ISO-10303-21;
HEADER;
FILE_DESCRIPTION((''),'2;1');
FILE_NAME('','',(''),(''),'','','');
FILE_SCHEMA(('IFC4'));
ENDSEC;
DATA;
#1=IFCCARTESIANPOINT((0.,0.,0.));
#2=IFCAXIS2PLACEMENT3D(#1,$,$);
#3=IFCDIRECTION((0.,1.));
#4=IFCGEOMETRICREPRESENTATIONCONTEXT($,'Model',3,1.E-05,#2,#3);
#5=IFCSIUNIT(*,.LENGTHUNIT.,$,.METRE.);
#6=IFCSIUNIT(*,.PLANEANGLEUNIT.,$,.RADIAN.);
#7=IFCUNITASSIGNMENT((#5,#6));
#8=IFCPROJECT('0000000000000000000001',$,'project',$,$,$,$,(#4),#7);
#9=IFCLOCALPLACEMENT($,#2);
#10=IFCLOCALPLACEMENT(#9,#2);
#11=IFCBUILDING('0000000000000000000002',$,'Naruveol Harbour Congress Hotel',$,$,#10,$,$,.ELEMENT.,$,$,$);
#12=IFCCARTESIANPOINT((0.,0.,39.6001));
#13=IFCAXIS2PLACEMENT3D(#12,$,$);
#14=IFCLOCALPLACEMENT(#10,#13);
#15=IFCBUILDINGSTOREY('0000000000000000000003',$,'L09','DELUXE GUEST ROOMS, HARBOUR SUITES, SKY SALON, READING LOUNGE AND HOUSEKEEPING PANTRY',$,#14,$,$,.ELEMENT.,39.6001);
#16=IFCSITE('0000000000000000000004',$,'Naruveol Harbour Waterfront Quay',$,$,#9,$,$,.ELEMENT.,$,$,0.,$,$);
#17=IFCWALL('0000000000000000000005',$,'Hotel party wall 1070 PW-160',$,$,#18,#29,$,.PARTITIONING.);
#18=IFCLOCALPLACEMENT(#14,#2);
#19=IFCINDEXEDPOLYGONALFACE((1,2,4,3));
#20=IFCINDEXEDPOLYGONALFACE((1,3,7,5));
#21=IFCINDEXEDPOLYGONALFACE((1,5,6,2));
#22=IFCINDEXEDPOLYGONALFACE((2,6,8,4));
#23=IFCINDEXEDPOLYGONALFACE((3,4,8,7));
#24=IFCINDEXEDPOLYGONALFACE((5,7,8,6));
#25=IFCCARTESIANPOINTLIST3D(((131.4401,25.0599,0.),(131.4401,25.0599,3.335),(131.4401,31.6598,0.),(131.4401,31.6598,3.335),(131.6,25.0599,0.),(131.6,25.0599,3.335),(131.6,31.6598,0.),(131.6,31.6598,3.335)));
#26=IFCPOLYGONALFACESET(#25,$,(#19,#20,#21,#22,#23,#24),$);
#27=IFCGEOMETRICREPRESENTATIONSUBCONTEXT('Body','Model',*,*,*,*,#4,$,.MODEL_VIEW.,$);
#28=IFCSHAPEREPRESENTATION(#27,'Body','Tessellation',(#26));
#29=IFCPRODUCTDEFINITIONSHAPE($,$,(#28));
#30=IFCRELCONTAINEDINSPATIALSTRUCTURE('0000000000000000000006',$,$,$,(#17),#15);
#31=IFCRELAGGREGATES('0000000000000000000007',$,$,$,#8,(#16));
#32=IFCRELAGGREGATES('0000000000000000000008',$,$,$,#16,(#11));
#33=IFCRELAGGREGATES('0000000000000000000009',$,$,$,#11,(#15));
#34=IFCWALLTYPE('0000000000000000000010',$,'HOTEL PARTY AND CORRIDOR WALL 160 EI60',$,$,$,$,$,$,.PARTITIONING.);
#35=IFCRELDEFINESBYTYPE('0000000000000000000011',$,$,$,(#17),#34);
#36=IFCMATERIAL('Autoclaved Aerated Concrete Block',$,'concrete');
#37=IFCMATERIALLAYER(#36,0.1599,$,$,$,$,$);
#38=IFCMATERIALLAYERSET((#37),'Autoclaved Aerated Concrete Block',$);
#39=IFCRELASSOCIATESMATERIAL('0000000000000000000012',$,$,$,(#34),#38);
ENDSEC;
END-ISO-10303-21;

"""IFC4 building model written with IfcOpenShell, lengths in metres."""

from ifc_helpers import new_model, si_unit, direction, frame, frame_2d, origin, place, context, subcontext, project, spatial, rectangle, extrude, material, layer, layer_set, type_object, element, save


model = new_model("IFC4")

# Units and contexts
model_context = context("Model", 3, precision=1e-05, world=origin(), true_north=direction((0.0, 1.0)))
body_context = subcontext(model_context, "Body", "Model", "MODEL_VIEW")
ifc_project = project(units=[si_unit("LENGTHUNIT", "METRE"), si_unit("PLANEANGLEUNIT", "RADIAN")], contexts=[model_context])

# Site, building, storey
site_placement = place(None, origin())
site = spatial("IfcSite", under=ifc_project, at=site_placement, Name="Naruveol Harbour Waterfront Quay", CompositionType="ELEMENT", RefElevation=0.0)
building_placement = place(site_placement, origin())
building = spatial("IfcBuilding", under=site, at=building_placement, Name="Naruveol Harbour Congress Hotel", CompositionType="ELEMENT")
storey_placement = place(building_placement, frame((0.0, 0.0, 39.6001)))
storey = spatial("IfcBuildingStorey", under=building, at=storey_placement, Name="L09", Description="DELUXE GUEST ROOMS, HARBOUR SUITES, SKY SALON, READING LOUNGE AND HOUSEKEEPING PANTRY", CompositionType="ELEMENT", Elevation=39.6001)

# Shared definitions
ifc_material_1 = material(Name="Autoclaved Aerated Concrete Block", Category="concrete")
ifc_layer_1 = layer(ifc_material_1, 0.1599)
ifc_layer_set_1 = layer_set([ifc_layer_1], Name="Autoclaved Aerated Concrete Block")
wall_type_1 = type_object("IfcWallType", Name="HOTEL PARTY AND CORRIDOR WALL 160 EI60", PredefinedType="PARTITIONING", material=ifc_layer_set_1)

# Wall
wall_1_placement = place(storey_placement, frame((131.52, 25.0601, 0.0), z_axis=(0.0, 0.0, 1.0), x_axis=(0.0, 1.0, 0.0)))
element("IfcWall", 1, at=wall_1_placement, inside=storey, type_object=wall_type_1, Name="Hotel party wall 1070 PW-160", PredefinedType="PARTITIONING", context=body_context, shape_type="SweptSolid", body=[
    extrude(rectangle(XDim=6.5999, YDim=0.1599, at=frame_2d((3.2998, 0.0))), origin(), (0.0, 0.0, 1.0), 3.335),
])

save(model, "model.ifc")
